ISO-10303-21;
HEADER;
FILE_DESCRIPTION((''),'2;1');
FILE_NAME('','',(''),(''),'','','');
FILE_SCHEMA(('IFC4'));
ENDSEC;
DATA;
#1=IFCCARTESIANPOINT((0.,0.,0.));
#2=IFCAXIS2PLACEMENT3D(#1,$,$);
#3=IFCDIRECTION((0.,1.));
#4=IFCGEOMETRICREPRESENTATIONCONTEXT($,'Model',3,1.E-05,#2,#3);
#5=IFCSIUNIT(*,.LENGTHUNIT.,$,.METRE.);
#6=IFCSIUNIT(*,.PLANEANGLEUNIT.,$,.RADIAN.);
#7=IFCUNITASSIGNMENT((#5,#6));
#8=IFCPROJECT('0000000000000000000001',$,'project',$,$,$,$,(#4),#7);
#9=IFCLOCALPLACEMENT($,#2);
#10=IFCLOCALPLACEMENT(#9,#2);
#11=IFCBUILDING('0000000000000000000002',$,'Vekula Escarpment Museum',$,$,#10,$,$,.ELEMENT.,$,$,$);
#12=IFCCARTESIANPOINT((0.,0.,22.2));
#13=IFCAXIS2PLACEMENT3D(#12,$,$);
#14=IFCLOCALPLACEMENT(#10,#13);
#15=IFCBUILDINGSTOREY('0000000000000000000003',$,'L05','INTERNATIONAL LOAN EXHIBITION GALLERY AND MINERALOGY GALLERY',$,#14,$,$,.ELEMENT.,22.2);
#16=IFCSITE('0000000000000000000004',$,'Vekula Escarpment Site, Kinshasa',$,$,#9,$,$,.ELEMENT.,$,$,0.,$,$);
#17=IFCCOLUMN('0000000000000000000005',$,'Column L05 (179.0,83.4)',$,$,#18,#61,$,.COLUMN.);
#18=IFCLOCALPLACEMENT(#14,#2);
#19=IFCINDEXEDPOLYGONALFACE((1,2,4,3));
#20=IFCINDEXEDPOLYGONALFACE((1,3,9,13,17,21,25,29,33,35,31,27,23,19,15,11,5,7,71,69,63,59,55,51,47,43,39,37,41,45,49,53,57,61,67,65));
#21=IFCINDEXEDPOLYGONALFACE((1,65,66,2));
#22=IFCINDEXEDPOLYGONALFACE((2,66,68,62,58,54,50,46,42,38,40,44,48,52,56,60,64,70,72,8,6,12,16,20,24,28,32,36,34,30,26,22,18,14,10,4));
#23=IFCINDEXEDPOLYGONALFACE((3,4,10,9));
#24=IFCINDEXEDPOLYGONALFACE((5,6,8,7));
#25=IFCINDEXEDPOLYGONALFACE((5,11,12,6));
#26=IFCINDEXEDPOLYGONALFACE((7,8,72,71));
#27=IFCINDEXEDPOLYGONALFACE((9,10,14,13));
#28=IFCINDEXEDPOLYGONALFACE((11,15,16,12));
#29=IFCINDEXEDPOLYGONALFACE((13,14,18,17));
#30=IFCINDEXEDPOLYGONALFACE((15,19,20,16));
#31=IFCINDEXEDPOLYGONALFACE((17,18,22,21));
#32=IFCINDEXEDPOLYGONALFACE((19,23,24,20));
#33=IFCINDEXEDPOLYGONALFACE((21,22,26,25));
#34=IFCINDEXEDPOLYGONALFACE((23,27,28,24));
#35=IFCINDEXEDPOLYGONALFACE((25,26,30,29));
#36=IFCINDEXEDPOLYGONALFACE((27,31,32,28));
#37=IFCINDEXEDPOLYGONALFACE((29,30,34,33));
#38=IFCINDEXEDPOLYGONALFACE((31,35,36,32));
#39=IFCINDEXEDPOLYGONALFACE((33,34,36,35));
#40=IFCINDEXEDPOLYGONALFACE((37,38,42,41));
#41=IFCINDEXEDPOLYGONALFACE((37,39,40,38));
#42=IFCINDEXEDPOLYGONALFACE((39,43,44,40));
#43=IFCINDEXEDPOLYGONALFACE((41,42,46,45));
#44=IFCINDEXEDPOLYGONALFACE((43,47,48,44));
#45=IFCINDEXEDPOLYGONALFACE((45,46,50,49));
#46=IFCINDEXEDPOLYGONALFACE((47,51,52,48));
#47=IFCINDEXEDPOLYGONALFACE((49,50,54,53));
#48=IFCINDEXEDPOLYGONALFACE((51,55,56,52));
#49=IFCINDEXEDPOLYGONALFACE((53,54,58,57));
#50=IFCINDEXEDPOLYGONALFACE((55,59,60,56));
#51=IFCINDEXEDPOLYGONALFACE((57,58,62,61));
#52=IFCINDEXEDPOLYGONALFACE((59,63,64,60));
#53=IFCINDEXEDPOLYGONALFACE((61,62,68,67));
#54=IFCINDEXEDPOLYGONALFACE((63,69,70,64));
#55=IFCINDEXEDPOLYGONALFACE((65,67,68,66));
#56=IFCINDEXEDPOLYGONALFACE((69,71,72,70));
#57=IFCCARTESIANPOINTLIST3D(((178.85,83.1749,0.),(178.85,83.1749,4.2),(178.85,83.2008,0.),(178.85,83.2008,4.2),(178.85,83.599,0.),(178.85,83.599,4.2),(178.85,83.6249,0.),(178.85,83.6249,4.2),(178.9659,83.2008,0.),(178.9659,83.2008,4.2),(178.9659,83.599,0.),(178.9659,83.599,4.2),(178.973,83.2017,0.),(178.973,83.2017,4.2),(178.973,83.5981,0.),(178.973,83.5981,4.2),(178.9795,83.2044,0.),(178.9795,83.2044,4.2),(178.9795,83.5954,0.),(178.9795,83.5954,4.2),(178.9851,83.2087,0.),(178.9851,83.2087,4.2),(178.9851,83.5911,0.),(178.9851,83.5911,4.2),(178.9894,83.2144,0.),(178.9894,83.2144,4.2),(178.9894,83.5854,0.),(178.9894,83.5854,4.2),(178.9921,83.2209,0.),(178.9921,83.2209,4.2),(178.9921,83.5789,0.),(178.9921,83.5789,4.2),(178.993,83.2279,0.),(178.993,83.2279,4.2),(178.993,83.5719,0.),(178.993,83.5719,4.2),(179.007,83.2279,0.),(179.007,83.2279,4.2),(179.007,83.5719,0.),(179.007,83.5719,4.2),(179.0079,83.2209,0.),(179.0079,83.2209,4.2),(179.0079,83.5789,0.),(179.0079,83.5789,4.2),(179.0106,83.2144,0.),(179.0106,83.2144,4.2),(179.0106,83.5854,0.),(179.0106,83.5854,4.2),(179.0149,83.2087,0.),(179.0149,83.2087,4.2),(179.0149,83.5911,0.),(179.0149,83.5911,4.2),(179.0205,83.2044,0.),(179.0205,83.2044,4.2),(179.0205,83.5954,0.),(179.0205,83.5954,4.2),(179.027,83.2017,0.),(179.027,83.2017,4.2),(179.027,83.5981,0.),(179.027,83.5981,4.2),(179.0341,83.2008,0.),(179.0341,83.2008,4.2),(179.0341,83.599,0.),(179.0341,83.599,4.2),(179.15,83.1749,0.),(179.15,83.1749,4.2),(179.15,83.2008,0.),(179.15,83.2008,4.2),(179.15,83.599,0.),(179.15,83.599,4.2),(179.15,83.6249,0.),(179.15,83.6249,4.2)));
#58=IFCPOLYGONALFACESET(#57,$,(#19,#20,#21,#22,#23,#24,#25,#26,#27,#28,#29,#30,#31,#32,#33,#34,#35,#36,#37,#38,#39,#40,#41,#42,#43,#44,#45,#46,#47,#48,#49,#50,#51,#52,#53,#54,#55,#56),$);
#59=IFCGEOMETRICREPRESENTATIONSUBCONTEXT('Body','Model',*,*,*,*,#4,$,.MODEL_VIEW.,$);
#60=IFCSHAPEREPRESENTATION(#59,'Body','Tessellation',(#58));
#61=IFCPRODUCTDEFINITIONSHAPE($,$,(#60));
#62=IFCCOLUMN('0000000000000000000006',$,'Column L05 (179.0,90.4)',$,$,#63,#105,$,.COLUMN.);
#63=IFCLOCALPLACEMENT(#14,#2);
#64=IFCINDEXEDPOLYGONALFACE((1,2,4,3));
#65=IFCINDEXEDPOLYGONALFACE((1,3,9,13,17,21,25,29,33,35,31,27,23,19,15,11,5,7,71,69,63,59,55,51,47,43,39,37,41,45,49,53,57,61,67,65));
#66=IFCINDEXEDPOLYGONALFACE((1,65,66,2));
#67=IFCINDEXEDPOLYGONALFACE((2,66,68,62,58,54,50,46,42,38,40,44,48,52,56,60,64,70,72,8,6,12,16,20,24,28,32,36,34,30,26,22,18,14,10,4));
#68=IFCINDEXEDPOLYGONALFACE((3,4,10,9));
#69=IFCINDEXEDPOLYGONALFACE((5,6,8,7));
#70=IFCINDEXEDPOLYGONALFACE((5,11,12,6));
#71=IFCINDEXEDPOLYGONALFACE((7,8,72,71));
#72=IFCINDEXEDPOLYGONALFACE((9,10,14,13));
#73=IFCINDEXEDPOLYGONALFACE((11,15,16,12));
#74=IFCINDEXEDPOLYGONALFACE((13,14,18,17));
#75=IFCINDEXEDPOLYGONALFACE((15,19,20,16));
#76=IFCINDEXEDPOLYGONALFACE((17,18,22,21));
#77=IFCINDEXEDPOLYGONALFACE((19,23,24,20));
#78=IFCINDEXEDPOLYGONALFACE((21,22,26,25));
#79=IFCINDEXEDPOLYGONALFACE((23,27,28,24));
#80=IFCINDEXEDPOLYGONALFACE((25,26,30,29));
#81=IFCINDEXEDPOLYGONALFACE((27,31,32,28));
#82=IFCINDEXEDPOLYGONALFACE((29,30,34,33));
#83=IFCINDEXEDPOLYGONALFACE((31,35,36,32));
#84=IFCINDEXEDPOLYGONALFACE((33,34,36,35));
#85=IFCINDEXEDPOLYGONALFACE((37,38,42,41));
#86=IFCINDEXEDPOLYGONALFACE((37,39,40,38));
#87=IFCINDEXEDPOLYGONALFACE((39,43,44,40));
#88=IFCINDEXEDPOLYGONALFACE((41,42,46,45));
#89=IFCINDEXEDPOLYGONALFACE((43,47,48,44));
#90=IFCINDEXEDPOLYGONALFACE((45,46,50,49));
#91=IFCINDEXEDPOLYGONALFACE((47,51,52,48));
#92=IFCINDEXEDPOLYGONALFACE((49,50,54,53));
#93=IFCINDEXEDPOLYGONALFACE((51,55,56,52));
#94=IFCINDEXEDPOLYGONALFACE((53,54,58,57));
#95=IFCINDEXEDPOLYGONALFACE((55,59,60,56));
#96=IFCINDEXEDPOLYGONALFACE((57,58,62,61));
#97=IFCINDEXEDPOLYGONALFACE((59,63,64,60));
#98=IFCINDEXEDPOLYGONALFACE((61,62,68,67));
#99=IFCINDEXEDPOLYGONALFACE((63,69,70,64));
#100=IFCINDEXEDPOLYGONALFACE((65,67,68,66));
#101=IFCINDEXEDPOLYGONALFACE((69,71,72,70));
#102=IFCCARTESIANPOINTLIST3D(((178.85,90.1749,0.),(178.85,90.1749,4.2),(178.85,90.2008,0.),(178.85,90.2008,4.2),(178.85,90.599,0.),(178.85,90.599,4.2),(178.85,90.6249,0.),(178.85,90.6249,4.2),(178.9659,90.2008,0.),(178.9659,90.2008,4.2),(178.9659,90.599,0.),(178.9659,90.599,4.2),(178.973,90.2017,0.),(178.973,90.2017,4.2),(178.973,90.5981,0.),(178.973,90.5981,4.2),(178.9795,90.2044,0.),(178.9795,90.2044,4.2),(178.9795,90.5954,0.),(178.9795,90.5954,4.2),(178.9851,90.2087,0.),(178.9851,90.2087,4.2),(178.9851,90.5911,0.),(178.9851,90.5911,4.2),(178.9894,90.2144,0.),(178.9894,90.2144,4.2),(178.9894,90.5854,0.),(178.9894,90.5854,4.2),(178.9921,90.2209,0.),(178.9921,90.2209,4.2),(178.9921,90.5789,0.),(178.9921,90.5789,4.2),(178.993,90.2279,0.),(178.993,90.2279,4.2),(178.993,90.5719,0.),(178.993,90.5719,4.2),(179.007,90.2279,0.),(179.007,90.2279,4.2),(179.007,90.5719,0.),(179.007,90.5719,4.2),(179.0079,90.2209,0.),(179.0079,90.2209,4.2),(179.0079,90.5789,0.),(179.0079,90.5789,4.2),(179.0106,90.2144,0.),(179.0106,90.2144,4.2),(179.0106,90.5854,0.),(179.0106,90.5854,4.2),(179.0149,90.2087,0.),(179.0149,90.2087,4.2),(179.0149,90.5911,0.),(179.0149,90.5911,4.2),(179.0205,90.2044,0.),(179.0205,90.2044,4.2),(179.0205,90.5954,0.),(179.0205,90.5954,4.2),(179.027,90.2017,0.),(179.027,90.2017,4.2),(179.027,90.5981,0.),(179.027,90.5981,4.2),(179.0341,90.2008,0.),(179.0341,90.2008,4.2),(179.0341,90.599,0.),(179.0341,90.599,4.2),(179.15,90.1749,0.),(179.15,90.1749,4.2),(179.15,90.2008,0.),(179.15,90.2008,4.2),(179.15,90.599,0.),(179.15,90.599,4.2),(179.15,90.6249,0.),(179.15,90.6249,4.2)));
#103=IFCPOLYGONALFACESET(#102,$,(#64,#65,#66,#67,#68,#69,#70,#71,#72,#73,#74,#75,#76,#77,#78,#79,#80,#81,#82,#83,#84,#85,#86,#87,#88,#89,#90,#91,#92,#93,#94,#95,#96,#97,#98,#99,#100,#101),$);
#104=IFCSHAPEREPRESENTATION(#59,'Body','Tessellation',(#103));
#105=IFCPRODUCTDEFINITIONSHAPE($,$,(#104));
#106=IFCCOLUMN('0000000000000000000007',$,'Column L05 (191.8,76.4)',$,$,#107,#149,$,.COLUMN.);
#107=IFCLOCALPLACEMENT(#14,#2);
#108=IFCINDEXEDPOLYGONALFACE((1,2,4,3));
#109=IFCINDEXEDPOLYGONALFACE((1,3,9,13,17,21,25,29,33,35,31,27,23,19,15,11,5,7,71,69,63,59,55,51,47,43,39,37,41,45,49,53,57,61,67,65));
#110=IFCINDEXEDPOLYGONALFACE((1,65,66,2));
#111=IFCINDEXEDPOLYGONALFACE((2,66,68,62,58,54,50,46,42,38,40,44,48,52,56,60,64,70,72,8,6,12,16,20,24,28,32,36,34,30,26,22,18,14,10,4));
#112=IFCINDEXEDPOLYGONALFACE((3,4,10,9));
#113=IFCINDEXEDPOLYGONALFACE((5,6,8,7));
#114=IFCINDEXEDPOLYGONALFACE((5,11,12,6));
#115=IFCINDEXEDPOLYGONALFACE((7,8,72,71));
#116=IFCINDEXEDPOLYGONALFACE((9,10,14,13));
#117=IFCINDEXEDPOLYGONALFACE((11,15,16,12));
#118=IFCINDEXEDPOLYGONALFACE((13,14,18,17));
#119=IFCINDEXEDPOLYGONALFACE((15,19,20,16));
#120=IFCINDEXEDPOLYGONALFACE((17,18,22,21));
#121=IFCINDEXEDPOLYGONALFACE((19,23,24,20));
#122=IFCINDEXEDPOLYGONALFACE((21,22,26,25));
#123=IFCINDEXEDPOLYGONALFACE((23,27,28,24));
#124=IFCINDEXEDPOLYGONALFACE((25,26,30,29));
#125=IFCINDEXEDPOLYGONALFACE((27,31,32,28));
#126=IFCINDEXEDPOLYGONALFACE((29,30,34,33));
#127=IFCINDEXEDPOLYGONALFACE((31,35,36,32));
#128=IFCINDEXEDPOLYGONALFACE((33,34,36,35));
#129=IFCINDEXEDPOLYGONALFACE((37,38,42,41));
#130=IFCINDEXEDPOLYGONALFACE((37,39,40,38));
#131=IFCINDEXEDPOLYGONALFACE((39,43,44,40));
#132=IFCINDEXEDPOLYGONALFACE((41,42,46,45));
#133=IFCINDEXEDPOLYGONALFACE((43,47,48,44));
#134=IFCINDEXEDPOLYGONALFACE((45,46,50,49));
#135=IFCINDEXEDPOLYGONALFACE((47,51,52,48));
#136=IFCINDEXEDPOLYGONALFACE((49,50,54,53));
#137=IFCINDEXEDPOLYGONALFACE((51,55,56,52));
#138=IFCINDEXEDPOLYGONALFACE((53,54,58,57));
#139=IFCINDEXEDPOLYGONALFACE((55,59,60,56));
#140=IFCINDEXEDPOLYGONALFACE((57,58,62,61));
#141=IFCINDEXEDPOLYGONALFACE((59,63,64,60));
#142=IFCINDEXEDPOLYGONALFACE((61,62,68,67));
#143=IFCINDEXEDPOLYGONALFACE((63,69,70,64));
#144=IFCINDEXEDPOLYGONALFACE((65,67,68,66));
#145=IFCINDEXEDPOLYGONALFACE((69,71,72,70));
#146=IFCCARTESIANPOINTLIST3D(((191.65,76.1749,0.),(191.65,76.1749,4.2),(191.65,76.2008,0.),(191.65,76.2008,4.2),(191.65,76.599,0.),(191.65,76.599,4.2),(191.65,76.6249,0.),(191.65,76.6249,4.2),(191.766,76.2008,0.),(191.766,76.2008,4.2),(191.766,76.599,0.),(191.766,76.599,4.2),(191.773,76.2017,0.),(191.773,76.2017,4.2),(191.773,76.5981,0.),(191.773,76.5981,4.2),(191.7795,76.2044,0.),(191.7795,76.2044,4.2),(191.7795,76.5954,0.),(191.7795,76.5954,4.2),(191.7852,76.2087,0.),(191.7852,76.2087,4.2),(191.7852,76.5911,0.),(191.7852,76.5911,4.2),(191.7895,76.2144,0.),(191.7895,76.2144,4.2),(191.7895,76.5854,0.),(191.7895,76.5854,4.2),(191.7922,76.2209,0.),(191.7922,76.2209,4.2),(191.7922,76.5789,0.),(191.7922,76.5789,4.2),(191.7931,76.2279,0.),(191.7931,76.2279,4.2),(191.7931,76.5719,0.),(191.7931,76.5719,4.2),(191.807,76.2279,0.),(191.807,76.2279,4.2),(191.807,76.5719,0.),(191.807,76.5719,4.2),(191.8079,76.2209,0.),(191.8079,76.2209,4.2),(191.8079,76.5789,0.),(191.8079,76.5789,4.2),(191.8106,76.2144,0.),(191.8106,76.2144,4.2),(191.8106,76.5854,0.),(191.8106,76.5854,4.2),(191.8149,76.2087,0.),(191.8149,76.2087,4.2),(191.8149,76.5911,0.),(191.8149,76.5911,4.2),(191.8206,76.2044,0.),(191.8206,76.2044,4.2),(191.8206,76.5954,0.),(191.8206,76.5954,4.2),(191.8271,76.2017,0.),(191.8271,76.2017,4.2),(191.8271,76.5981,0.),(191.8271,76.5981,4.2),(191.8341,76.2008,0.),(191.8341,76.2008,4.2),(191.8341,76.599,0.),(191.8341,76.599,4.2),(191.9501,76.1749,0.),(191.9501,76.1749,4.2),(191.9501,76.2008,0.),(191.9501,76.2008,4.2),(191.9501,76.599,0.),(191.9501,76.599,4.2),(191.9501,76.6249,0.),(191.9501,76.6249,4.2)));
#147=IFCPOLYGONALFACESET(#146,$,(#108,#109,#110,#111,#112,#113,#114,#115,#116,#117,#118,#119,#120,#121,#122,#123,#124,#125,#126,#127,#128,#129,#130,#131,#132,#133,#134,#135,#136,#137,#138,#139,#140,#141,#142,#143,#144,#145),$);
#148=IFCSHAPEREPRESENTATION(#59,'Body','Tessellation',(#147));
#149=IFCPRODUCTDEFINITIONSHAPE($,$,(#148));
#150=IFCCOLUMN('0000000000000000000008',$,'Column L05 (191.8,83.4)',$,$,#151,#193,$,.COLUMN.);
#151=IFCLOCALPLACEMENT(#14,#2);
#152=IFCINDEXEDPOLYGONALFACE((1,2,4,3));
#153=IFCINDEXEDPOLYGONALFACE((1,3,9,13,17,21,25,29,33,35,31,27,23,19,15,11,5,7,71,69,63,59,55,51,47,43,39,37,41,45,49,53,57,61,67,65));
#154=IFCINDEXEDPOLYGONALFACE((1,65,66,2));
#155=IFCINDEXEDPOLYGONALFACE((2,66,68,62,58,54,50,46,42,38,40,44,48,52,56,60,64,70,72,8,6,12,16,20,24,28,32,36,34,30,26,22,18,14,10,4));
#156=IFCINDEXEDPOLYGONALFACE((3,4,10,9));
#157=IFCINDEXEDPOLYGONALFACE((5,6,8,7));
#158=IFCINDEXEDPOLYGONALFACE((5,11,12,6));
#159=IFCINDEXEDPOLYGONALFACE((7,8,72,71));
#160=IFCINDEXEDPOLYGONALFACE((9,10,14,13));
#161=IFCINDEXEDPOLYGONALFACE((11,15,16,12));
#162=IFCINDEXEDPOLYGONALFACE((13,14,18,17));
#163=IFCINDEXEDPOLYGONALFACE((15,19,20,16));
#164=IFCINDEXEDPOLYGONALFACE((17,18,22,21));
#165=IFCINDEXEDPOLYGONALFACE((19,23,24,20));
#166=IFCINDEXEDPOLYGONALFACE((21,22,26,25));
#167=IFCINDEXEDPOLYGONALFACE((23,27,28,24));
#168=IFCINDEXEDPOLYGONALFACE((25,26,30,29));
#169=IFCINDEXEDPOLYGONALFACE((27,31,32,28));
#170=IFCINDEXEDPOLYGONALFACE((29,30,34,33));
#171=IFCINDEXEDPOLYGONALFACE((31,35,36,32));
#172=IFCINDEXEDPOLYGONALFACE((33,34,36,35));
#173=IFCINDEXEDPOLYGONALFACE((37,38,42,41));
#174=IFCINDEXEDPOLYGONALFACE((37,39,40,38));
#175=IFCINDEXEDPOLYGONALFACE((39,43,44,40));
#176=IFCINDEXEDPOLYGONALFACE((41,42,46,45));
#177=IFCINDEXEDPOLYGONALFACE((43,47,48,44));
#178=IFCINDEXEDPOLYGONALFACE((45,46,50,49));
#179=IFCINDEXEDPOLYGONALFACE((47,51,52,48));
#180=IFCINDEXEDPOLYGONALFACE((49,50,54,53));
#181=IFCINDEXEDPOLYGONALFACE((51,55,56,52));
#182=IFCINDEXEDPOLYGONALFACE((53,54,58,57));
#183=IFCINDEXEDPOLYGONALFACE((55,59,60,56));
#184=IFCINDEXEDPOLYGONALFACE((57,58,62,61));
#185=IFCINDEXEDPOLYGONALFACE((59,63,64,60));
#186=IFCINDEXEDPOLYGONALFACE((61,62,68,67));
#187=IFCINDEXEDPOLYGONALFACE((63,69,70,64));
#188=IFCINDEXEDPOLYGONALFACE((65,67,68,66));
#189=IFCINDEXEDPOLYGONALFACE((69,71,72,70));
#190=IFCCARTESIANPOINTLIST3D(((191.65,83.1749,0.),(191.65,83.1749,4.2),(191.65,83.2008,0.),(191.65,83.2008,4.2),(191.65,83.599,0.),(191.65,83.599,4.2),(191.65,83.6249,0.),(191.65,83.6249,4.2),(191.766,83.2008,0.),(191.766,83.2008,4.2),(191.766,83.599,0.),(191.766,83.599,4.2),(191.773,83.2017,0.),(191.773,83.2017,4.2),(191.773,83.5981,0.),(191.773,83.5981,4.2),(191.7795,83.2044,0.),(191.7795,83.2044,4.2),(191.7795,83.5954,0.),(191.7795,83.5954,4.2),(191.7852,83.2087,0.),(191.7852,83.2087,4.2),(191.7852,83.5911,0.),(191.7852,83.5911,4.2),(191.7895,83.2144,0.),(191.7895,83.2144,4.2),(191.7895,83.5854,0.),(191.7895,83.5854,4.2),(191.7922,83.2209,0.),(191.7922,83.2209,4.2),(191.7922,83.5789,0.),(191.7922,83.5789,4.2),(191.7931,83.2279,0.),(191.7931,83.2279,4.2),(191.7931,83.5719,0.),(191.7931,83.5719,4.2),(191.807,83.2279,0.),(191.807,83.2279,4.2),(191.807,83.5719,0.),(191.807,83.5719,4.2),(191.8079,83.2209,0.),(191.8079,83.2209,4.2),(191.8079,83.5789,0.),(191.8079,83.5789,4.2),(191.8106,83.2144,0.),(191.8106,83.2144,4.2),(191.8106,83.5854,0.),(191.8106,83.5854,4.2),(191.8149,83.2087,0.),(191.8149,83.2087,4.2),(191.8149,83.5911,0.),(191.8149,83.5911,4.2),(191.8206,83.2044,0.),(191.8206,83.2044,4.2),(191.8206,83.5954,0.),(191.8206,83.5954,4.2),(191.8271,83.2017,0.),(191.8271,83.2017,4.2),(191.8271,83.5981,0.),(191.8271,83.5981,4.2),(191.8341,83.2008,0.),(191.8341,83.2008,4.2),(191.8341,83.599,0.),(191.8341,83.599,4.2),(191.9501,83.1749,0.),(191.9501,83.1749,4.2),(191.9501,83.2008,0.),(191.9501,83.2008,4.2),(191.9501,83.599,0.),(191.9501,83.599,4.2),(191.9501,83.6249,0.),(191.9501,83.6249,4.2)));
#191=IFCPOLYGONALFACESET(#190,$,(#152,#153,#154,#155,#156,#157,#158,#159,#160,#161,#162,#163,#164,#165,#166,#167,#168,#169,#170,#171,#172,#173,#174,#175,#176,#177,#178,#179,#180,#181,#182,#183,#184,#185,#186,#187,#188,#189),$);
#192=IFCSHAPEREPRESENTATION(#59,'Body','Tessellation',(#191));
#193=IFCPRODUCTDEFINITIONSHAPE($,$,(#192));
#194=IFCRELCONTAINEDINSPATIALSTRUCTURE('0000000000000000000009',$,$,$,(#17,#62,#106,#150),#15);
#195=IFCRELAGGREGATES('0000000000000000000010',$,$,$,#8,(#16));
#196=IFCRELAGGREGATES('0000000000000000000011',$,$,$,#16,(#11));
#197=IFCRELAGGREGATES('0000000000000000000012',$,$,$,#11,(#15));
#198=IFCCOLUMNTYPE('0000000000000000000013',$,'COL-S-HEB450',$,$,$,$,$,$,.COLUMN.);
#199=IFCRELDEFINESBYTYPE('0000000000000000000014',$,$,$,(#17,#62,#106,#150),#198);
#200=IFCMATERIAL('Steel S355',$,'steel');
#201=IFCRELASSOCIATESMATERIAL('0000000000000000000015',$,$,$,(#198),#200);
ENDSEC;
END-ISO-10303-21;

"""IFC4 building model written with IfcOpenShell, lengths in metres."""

from ifc_helpers import new_model, si_unit, direction, frame, origin, origin_2d, place, context, subcontext, project, spatial, i_section, extrude, material, material_profile, profile_set, type_object, element, save


model = new_model("IFC4")

# Units and contexts
model_context = context("Model", 3, precision=1e-05, world=origin(), true_north=direction((0.0, 1.0)))
body_context = subcontext(model_context, "Body", "Model", "MODEL_VIEW")
ifc_project = project(units=[si_unit("LENGTHUNIT", "METRE"), si_unit("PLANEANGLEUNIT", "RADIAN")], contexts=[model_context])

# Site, building, storey
site_placement = place(None, origin())
site = spatial("IfcSite", under=ifc_project, at=site_placement, Name="Vekula Escarpment Site, Kinshasa", CompositionType="ELEMENT", RefElevation=0.0)
building_placement = place(site_placement, origin())
building = spatial("IfcBuilding", under=site, at=building_placement, Name="Vekula Escarpment Museum", CompositionType="ELEMENT")
storey_placement = place(building_placement, frame((0.0, 0.0, 22.2)))
storey = spatial("IfcBuildingStorey", under=building, at=storey_placement, Name="L05", Description="INTERNATIONAL LOAN EXHIBITION GALLERY AND MINERALOGY GALLERY", CompositionType="ELEMENT", Elevation=22.2)

# Columns
ifc_material_1 = material(Name="Steel S355", Category="steel")
ifc_material_profile_1 = material_profile(ifc_material_1, i_section(OverallWidth=0.3, OverallDepth=0.45, WebThickness=0.0139, FlangeThickness=0.0259, FilletRadius=0.0271, at=origin_2d()), Name="HEB 450")
ifc_profile_set_1 = profile_set([ifc_material_profile_1], Name="Steel S355")
column_type = type_object("IfcColumnType", Name="COL-S-HEB450", PredefinedType="COLUMN", material=ifc_profile_set_1)
for number, where, z_axis, x_axis, name in (
    (1, (179.0, 83.3999, 0.0), (0.0, 0.0, 1.0), (1.0, 0.0, 0.0), "Column L05 (179.0,83.4)"),
    (2, (179.0, 90.3999, 0.0), (0.0, 0.0, 1.0), (1.0, 0.0, 0.0), "Column L05 (179.0,90.4)"),
    (3, (191.8, 76.3999, 0.0), (0.0, 0.0, 1.0), (1.0, 0.0, 0.0), "Column L05 (191.8,76.4)"),
    (4, (191.8, 83.3999, 0.0), (0.0, 0.0, 1.0), (1.0, 0.0, 0.0), "Column L05 (191.8,83.4)"),
):
    element("IfcColumn", number, at=place(storey_placement, frame(where, z_axis=z_axis, x_axis=x_axis)), inside=storey, type_object=column_type, Name=name, PredefinedType="COLUMN", context=body_context, shape_type="SweptSolid", body=[
        extrude(i_section(OverallWidth=0.3, OverallDepth=0.45, WebThickness=0.0139, FlangeThickness=0.0259, FilletRadius=0.0271, at=origin_2d()), origin(), (0.0, 0.0, 1.0), 4.2),
    ])

save(model, "model.ifc")
